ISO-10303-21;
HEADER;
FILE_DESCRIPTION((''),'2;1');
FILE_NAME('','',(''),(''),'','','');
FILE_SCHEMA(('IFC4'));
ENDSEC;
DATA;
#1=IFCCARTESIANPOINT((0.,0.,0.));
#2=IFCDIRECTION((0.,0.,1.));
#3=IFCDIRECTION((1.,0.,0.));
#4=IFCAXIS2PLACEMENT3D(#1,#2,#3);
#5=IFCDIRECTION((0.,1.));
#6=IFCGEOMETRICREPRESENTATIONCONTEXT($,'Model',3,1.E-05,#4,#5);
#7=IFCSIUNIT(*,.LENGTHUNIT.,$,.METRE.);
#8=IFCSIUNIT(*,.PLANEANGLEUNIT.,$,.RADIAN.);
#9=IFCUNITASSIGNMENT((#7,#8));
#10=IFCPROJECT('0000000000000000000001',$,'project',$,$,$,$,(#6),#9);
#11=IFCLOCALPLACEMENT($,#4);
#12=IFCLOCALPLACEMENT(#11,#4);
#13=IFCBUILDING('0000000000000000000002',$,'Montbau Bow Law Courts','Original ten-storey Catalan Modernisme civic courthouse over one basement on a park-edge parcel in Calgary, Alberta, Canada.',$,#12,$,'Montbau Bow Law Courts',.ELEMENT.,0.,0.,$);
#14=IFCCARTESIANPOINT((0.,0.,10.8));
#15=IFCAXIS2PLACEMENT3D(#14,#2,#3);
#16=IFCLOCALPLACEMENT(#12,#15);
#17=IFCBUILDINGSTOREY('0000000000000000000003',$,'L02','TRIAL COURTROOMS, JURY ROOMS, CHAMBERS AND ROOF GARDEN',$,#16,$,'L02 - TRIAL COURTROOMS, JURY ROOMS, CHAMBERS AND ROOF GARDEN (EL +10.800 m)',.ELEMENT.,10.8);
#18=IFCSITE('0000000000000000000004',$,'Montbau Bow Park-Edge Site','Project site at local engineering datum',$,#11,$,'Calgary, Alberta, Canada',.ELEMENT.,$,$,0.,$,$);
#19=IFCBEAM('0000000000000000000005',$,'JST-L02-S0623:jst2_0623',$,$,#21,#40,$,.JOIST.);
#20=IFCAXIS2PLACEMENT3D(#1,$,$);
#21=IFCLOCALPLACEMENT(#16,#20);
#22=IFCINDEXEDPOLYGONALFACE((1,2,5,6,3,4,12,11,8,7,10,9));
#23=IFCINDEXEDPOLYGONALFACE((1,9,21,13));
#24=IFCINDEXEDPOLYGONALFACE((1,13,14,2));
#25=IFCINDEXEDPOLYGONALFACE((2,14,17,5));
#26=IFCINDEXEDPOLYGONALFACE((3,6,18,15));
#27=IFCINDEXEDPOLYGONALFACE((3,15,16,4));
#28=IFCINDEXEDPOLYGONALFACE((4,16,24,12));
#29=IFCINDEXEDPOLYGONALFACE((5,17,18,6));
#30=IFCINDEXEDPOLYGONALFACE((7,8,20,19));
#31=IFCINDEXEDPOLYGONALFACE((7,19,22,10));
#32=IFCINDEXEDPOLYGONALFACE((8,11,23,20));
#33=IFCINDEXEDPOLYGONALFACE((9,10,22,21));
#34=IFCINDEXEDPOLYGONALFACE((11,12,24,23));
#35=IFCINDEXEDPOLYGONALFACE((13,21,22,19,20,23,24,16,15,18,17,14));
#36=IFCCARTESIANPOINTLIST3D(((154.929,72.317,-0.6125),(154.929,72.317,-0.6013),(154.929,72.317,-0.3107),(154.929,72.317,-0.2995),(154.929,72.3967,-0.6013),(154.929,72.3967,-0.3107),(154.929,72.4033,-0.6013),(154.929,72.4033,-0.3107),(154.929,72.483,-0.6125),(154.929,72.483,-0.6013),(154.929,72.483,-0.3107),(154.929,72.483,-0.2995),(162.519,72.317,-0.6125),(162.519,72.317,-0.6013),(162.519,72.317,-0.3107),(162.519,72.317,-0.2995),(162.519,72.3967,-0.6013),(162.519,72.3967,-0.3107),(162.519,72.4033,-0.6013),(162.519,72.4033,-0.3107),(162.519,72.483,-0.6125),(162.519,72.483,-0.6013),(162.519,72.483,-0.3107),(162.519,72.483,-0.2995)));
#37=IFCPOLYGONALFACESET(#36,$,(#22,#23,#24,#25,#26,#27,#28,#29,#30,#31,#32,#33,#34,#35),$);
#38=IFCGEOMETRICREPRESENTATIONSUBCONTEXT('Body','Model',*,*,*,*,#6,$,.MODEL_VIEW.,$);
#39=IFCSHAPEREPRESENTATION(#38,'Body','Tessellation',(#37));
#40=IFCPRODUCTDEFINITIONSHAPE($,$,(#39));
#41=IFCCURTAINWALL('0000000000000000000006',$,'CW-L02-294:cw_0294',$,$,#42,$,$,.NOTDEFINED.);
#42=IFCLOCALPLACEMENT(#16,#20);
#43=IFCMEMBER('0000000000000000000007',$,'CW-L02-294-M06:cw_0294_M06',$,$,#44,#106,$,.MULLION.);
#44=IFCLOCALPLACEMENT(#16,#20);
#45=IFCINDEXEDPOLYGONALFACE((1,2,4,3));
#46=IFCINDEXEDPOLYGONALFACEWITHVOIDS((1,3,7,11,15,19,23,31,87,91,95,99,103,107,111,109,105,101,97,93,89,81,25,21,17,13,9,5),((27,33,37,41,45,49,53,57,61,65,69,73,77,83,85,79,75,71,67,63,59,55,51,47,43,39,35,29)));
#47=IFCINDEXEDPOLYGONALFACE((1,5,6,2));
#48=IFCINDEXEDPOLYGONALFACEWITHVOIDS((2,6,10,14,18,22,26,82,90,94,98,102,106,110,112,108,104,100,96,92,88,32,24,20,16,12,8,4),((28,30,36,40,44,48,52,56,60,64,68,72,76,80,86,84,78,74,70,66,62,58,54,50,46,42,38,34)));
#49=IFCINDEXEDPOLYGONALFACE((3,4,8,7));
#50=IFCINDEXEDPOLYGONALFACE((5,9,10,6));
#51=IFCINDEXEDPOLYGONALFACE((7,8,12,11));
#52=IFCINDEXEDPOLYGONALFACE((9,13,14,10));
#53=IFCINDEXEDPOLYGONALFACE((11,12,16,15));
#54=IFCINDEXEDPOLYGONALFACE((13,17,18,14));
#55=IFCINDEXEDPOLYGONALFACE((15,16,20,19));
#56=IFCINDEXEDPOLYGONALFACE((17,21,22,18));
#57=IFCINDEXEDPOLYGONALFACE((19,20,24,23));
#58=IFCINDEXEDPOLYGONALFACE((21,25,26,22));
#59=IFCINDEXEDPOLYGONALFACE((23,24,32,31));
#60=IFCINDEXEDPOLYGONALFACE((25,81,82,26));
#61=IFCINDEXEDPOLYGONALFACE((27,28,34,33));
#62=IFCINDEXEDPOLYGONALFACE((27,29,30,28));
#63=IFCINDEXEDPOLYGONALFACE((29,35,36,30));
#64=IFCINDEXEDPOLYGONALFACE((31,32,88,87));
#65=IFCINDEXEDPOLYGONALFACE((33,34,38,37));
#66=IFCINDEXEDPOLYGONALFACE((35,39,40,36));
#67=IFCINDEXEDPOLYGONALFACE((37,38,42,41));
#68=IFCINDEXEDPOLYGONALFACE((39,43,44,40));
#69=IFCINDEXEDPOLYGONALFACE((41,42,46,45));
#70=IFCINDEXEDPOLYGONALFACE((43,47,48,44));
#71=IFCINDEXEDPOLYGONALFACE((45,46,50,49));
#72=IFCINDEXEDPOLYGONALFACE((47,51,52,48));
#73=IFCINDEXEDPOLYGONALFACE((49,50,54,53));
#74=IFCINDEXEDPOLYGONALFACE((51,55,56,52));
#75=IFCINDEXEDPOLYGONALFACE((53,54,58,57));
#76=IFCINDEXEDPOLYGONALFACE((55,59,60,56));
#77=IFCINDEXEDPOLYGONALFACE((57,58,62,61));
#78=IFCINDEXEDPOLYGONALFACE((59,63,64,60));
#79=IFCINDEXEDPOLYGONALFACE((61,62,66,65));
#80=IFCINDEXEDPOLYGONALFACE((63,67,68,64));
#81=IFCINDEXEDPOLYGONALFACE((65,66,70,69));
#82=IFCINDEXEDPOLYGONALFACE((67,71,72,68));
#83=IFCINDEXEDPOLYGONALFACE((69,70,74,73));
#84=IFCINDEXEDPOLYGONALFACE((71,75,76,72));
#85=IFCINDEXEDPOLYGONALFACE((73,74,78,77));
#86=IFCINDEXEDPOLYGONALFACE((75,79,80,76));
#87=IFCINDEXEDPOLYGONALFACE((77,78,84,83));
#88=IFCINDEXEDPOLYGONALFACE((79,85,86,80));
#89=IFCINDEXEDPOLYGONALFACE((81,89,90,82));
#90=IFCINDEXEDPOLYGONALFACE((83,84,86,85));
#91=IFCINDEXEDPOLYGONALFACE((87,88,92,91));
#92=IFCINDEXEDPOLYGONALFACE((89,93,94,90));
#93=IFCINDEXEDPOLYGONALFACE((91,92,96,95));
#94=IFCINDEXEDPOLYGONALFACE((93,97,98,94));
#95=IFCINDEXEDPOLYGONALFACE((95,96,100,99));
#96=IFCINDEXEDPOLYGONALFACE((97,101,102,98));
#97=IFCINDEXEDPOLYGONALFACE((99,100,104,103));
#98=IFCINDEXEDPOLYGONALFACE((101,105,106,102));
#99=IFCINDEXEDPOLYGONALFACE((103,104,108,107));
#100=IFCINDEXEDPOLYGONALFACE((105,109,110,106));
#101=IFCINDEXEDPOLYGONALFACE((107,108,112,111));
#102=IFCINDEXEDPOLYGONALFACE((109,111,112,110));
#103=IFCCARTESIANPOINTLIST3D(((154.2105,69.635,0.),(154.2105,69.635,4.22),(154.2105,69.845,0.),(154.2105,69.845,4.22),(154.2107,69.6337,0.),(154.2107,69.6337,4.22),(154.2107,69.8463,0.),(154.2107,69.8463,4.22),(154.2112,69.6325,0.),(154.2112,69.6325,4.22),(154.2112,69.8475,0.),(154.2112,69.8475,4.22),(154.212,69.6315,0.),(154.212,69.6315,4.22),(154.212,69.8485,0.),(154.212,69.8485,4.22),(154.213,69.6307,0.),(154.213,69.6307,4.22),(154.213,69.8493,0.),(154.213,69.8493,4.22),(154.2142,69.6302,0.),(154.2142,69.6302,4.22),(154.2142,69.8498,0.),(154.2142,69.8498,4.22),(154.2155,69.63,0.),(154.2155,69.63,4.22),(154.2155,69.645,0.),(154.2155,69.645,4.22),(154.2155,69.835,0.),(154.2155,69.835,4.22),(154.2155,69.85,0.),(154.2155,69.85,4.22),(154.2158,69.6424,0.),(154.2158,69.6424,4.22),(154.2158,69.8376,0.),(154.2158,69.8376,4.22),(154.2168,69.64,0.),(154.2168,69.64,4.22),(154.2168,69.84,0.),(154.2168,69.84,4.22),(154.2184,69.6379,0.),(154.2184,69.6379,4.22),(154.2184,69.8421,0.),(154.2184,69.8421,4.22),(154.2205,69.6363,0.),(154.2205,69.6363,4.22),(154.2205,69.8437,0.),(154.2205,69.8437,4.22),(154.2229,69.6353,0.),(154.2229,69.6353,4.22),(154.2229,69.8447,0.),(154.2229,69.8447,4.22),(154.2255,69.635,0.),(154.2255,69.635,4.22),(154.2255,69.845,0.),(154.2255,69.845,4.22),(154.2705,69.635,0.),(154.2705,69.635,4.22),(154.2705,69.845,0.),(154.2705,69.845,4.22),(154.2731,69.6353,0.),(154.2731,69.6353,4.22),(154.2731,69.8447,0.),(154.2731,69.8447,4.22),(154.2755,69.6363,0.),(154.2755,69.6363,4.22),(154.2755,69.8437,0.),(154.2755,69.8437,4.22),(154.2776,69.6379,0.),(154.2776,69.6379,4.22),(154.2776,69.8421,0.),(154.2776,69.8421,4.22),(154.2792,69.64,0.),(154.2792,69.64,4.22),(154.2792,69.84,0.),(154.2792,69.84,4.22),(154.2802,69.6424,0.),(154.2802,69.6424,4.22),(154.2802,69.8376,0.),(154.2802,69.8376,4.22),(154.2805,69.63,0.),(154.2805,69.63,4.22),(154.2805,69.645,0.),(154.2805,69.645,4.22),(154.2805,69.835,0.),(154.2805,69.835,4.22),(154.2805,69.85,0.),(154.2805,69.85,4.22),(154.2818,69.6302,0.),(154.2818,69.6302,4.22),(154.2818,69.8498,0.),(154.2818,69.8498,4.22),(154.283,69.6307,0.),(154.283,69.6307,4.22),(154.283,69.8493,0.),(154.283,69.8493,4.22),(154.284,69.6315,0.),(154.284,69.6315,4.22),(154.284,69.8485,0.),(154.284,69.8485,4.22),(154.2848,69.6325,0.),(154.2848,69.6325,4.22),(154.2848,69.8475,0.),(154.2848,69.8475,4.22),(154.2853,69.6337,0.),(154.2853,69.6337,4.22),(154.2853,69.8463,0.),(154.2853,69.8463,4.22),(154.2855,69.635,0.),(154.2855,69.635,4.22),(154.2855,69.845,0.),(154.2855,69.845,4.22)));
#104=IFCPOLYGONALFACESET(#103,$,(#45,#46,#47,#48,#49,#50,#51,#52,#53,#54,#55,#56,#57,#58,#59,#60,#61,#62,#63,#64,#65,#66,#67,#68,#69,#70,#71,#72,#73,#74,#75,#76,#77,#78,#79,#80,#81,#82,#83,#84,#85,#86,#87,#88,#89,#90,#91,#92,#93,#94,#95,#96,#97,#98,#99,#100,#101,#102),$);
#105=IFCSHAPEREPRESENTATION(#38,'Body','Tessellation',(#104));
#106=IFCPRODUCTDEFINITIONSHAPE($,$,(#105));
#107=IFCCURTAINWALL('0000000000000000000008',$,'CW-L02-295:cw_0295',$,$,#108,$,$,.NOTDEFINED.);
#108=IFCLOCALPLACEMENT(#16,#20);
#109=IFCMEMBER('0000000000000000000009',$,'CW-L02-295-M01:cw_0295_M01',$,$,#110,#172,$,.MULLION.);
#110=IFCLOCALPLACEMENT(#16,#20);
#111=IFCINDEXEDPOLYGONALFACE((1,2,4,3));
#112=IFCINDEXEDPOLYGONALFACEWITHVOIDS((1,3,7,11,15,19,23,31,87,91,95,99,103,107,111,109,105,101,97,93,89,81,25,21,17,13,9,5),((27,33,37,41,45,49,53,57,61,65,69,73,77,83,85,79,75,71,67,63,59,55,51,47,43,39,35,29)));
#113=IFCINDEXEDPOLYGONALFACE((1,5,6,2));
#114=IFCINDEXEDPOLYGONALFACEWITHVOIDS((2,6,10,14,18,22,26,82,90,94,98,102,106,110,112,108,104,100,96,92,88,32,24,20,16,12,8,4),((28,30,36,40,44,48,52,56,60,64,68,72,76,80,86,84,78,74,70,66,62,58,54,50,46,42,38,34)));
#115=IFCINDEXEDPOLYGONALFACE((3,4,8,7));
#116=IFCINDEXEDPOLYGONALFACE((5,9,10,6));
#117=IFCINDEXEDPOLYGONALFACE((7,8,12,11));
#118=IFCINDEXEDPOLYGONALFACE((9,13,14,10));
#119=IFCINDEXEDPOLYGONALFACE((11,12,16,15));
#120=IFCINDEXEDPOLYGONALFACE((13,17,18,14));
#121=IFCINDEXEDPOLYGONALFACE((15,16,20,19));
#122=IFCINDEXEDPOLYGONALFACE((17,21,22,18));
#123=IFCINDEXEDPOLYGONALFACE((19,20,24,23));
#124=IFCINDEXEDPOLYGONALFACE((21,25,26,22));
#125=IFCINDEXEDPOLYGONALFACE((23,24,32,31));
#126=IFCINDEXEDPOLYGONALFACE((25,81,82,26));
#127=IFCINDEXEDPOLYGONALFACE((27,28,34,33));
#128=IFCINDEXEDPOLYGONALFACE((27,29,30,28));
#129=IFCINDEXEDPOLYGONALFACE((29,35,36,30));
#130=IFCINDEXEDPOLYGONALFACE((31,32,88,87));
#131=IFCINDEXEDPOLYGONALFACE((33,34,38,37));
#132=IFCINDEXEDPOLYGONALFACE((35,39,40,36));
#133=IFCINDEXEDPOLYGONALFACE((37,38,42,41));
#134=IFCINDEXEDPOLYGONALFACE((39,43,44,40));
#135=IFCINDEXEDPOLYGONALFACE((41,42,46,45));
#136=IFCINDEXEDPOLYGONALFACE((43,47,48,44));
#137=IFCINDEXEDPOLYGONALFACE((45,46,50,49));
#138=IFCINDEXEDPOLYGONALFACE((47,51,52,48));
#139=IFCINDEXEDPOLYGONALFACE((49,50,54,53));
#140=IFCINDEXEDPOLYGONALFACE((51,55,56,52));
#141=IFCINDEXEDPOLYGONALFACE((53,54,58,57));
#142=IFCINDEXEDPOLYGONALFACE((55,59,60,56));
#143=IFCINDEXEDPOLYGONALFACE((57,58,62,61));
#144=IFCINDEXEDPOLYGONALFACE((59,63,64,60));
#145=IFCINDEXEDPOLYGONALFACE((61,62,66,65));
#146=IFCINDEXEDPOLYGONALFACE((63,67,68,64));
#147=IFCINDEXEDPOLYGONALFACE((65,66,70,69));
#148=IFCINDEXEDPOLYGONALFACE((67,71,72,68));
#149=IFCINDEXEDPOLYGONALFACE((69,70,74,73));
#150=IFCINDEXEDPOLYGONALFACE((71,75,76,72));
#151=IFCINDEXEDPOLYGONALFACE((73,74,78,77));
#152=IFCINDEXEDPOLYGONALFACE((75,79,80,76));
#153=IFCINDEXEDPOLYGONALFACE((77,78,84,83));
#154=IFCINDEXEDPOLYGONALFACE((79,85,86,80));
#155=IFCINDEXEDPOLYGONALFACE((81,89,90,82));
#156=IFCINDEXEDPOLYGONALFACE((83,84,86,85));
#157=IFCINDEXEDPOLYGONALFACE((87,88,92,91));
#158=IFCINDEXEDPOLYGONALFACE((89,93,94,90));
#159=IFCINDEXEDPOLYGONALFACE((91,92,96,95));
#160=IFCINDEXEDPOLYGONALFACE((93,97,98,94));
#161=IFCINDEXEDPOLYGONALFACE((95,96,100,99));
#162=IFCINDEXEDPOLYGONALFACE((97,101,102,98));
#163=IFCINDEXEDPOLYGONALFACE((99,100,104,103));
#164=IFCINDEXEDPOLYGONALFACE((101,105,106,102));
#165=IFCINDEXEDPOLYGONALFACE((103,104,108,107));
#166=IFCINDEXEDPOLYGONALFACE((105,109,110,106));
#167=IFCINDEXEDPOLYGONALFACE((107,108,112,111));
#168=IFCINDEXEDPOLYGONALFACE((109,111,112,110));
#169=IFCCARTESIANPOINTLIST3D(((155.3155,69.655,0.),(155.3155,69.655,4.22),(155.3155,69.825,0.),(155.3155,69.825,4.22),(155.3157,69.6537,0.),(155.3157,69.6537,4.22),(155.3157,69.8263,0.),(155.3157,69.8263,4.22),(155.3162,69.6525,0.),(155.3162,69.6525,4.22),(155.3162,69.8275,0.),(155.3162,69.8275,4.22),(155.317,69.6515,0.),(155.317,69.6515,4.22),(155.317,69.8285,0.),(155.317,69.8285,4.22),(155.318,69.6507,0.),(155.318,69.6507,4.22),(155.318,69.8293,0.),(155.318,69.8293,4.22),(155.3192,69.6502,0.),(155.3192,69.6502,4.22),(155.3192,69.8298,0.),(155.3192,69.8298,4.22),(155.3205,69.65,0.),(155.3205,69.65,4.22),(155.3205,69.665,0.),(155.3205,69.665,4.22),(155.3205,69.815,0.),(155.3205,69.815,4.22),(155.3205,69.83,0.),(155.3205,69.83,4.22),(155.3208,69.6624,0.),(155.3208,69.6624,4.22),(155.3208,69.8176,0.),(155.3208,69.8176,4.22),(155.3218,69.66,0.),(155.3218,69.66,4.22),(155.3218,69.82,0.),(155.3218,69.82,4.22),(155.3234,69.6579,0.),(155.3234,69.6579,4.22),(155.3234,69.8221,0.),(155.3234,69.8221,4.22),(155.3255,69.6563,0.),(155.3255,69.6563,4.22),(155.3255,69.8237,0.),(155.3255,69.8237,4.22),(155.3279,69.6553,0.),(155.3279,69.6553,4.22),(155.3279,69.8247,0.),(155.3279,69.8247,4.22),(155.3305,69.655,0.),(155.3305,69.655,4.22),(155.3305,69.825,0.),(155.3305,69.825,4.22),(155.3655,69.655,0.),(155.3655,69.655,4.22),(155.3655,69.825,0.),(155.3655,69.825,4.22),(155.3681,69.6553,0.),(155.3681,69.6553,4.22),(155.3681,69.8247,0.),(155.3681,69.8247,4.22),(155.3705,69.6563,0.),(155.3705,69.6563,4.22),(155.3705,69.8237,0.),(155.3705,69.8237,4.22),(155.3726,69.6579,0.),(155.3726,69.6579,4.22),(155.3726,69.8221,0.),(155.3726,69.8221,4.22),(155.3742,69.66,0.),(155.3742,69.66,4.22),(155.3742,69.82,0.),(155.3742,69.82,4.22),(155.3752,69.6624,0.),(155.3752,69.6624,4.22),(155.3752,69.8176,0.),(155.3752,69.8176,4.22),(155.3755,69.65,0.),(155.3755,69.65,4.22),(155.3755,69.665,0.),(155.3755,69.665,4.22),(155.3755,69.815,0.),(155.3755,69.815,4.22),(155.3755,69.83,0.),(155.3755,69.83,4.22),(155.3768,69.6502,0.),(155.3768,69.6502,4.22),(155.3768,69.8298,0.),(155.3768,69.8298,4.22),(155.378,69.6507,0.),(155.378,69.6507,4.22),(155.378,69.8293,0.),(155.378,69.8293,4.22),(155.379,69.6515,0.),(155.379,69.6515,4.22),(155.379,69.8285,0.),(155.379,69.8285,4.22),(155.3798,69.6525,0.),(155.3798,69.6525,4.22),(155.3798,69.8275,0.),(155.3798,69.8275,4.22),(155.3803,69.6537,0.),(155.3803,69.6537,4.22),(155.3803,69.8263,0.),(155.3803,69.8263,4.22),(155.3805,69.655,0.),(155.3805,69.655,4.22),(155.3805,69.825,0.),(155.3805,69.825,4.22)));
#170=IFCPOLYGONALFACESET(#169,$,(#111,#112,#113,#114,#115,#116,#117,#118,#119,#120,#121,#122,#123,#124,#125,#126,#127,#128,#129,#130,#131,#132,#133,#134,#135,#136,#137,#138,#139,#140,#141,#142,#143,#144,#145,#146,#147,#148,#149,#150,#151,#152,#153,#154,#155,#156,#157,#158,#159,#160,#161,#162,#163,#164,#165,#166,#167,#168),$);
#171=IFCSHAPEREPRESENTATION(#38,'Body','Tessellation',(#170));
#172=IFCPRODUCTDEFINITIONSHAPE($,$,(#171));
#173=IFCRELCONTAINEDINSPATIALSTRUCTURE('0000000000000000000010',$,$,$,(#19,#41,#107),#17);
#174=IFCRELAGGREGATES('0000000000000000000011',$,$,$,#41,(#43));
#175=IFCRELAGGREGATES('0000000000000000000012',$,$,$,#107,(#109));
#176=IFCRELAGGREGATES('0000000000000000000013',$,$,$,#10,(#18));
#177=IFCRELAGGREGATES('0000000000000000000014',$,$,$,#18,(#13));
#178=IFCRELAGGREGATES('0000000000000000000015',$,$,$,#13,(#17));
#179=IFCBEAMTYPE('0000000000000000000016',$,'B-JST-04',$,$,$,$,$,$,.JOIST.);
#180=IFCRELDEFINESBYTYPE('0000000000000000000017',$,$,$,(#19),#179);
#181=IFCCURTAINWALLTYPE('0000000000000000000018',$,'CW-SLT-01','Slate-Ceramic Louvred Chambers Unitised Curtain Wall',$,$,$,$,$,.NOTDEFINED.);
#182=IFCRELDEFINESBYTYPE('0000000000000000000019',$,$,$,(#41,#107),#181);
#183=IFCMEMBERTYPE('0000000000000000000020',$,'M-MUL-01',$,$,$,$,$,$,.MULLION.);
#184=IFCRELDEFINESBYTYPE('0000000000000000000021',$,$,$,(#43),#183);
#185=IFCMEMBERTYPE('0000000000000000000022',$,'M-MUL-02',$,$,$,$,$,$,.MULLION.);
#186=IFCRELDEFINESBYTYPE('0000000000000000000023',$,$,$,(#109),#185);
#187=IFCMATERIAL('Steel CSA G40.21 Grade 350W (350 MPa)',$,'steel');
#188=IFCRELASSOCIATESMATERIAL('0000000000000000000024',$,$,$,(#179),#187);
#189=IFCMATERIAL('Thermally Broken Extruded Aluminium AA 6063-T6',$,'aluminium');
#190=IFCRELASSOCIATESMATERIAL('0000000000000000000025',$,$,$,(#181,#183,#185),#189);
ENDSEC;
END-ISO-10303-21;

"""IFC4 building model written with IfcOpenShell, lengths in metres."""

from ifc_helpers import new_model, si_unit, direction, frame, origin_with_axes, origin_2d_with_axis, place, context, subcontext, project, spatial, hollow_rectangle, i_section, extrude, material, material_profile, profile_set, type_object, element, aggregate, save


model = new_model("IFC4")

# Units and contexts
model_context = context("Model", 3, precision=1e-05, world=origin_with_axes(), true_north=direction((0.0, 1.0)))
body_context = subcontext(model_context, "Body", "Model", "MODEL_VIEW")
ifc_project = project(units=[si_unit("LENGTHUNIT", "METRE"), si_unit("PLANEANGLEUNIT", "RADIAN")], contexts=[model_context])

# Site, building, storey
site_placement = place(None, origin_with_axes())
site = spatial("IfcSite", under=ifc_project, at=site_placement, Name="Montbau Bow Park-Edge Site", Description="Project site at local engineering datum", LongName="Calgary, Alberta, Canada", CompositionType="ELEMENT", RefElevation=0.0)
building_placement = place(site_placement, origin_with_axes())
building = spatial("IfcBuilding", under=site, at=building_placement, Name="Montbau Bow Law Courts", Description="Original ten-storey Catalan Modernisme civic courthouse over one basement on a park-edge parcel in Calgary, Alberta, Canada.", LongName="Montbau Bow Law Courts", CompositionType="ELEMENT", ElevationOfRefHeight=0.0, ElevationOfTerrain=0.0)
storey_placement = place(building_placement, frame((0.0, 0.0, 10.8), z_axis=(0.0, 0.0, 1.0), x_axis=(1.0, 0.0, 0.0)))
storey = spatial("IfcBuildingStorey", under=building, at=storey_placement, Name="L02", Description="TRIAL COURTROOMS, JURY ROOMS, CHAMBERS AND ROOF GARDEN", LongName="L02 - TRIAL COURTROOMS, JURY ROOMS, CHAMBERS AND ROOF GARDEN (EL +10.800 m)", CompositionType="ELEMENT", Elevation=10.8)

# Beam
ifc_material_1 = material(Name="Steel CSA G40.21 Grade 350W (350 MPa)", Category="steel")
ifc_material_profile_1 = material_profile(ifc_material_1, i_section(OverallWidth=0.166, OverallDepth=0.313, WebThickness=0.0066, FlangeThickness=0.0112, at=origin_2d_with_axis()), Name="W310X45", Category="Main", Priority=0)
ifc_profile_set_1 = profile_set([ifc_material_profile_1], Name="Steel CSA G40.21 Grade 350W (350 MPa)")
beam_type = type_object("IfcBeamType", Name="B-JST-04", PredefinedType="JOIST", material=ifc_profile_set_1)
beam_placement = place(None, frame((154.929, 72.4, 10.344), z_axis=(1.0, 0.0, 0.0), x_axis=(0.0, 1.0, 0.0)))
element("IfcBeam", 1, at=beam_placement, inside=storey, type_object=beam_type, Name="JST-L02-S0623:jst2_0623", PredefinedType="JOIST", context=body_context, shape_type="SweptSolid", body=[
    extrude(i_section(OverallWidth=0.166, OverallDepth=0.313, WebThickness=0.0066, FlangeThickness=0.0112, at=origin_2d_with_axis()), origin_with_axes(), (0.0, 0.0, 1.0), 7.59),
])

# Curtain wall, member
ifc_material_2 = material(Name="Thermally Broken Extruded Aluminium AA 6063-T6", Category="aluminium")
curtain_wall_type = type_object("IfcCurtainWallType", Name="CW-SLT-01", Description="Slate-Ceramic Louvred Chambers Unitised Curtain Wall", PredefinedType="NOTDEFINED", material=ifc_material_2)
curtain_wall_1_placement = place(None, frame((147.515, 69.74, 10.8), z_axis=(0.0, 0.0, 1.0), x_axis=(1.0, 0.0, 0.0)))
curtain_wall_1 = element("IfcCurtainWall", 2, at=curtain_wall_1_placement, inside=storey, type_object=curtain_wall_type, Name="CW-L02-294:cw_0294", PredefinedType="NOTDEFINED")
ifc_material_profile_2 = material_profile(ifc_material_2, hollow_rectangle(XDim=0.075, YDim=0.22, WallThickness=0.005, InnerFilletRadius=0.01, OuterFilletRadius=0.005, at=origin_2d_with_axis()), Name="CWM-220X75", Category="Main", Priority=0)
ifc_profile_set_2 = profile_set([ifc_material_profile_2], Name="Thermally Broken Extruded Aluminium AA 6063-T6")
member_type_1 = type_object("IfcMemberType", Name="M-MUL-01", PredefinedType="MULLION", material=ifc_profile_set_2)
member_1_placement = place(None, frame((154.248, 69.74, 10.8), z_axis=(0.0, 0.0, 1.0), x_axis=(1.0, 0.0, 0.0)))
member_1 = element("IfcMember", 3, at=member_1_placement, type_object=member_type_1, Name="CW-L02-294-M06:cw_0294_M06", PredefinedType="MULLION", context=body_context, shape_type="SweptSolid", body=[
    extrude(hollow_rectangle(XDim=0.075, YDim=0.22, WallThickness=0.005, InnerFilletRadius=0.01, OuterFilletRadius=0.005, at=origin_2d_with_axis()), origin_with_axes(), (0.0, 0.0, 1.0), 4.22),
])
aggregate(curtain_wall_1, [member_1])

# Curtain wall, member
curtain_wall_2_placement = place(None, frame((155.315, 69.74, 10.8), z_axis=(0.0, 0.0, 1.0), x_axis=(1.0, 0.0, 0.0)))
curtain_wall_2 = element("IfcCurtainWall", 4, at=curtain_wall_2_placement, inside=storey, type_object=curtain_wall_type, Name="CW-L02-295:cw_0295", PredefinedType="NOTDEFINED")
ifc_material_profile_3 = material_profile(ifc_material_2, hollow_rectangle(XDim=0.065, YDim=0.18, WallThickness=0.005, InnerFilletRadius=0.01, OuterFilletRadius=0.005, at=origin_2d_with_axis()), Name="CWM-180X65", Category="Main", Priority=0)
ifc_profile_set_3 = profile_set([ifc_material_profile_3], Name="Thermally Broken Extruded Aluminium AA 6063-T6")
member_type_2 = type_object("IfcMemberType", Name="M-MUL-02", PredefinedType="MULLION", material=ifc_profile_set_3)
member_2_placement = place(None, frame((155.348, 69.74, 10.8), z_axis=(0.0, 0.0, 1.0), x_axis=(1.0, 0.0, 0.0)))
member_2 = element("IfcMember", 5, at=member_2_placement, type_object=member_type_2, Name="CW-L02-295-M01:cw_0295_M01", PredefinedType="MULLION", context=body_context, shape_type="SweptSolid", body=[
    extrude(hollow_rectangle(XDim=0.065, YDim=0.18, WallThickness=0.005, InnerFilletRadius=0.01, OuterFilletRadius=0.005, at=origin_2d_with_axis()), origin_with_axes(), (0.0, 0.0, 1.0), 4.22),
])
aggregate(curtain_wall_2, [member_2])

save(model, "model.ifc")
